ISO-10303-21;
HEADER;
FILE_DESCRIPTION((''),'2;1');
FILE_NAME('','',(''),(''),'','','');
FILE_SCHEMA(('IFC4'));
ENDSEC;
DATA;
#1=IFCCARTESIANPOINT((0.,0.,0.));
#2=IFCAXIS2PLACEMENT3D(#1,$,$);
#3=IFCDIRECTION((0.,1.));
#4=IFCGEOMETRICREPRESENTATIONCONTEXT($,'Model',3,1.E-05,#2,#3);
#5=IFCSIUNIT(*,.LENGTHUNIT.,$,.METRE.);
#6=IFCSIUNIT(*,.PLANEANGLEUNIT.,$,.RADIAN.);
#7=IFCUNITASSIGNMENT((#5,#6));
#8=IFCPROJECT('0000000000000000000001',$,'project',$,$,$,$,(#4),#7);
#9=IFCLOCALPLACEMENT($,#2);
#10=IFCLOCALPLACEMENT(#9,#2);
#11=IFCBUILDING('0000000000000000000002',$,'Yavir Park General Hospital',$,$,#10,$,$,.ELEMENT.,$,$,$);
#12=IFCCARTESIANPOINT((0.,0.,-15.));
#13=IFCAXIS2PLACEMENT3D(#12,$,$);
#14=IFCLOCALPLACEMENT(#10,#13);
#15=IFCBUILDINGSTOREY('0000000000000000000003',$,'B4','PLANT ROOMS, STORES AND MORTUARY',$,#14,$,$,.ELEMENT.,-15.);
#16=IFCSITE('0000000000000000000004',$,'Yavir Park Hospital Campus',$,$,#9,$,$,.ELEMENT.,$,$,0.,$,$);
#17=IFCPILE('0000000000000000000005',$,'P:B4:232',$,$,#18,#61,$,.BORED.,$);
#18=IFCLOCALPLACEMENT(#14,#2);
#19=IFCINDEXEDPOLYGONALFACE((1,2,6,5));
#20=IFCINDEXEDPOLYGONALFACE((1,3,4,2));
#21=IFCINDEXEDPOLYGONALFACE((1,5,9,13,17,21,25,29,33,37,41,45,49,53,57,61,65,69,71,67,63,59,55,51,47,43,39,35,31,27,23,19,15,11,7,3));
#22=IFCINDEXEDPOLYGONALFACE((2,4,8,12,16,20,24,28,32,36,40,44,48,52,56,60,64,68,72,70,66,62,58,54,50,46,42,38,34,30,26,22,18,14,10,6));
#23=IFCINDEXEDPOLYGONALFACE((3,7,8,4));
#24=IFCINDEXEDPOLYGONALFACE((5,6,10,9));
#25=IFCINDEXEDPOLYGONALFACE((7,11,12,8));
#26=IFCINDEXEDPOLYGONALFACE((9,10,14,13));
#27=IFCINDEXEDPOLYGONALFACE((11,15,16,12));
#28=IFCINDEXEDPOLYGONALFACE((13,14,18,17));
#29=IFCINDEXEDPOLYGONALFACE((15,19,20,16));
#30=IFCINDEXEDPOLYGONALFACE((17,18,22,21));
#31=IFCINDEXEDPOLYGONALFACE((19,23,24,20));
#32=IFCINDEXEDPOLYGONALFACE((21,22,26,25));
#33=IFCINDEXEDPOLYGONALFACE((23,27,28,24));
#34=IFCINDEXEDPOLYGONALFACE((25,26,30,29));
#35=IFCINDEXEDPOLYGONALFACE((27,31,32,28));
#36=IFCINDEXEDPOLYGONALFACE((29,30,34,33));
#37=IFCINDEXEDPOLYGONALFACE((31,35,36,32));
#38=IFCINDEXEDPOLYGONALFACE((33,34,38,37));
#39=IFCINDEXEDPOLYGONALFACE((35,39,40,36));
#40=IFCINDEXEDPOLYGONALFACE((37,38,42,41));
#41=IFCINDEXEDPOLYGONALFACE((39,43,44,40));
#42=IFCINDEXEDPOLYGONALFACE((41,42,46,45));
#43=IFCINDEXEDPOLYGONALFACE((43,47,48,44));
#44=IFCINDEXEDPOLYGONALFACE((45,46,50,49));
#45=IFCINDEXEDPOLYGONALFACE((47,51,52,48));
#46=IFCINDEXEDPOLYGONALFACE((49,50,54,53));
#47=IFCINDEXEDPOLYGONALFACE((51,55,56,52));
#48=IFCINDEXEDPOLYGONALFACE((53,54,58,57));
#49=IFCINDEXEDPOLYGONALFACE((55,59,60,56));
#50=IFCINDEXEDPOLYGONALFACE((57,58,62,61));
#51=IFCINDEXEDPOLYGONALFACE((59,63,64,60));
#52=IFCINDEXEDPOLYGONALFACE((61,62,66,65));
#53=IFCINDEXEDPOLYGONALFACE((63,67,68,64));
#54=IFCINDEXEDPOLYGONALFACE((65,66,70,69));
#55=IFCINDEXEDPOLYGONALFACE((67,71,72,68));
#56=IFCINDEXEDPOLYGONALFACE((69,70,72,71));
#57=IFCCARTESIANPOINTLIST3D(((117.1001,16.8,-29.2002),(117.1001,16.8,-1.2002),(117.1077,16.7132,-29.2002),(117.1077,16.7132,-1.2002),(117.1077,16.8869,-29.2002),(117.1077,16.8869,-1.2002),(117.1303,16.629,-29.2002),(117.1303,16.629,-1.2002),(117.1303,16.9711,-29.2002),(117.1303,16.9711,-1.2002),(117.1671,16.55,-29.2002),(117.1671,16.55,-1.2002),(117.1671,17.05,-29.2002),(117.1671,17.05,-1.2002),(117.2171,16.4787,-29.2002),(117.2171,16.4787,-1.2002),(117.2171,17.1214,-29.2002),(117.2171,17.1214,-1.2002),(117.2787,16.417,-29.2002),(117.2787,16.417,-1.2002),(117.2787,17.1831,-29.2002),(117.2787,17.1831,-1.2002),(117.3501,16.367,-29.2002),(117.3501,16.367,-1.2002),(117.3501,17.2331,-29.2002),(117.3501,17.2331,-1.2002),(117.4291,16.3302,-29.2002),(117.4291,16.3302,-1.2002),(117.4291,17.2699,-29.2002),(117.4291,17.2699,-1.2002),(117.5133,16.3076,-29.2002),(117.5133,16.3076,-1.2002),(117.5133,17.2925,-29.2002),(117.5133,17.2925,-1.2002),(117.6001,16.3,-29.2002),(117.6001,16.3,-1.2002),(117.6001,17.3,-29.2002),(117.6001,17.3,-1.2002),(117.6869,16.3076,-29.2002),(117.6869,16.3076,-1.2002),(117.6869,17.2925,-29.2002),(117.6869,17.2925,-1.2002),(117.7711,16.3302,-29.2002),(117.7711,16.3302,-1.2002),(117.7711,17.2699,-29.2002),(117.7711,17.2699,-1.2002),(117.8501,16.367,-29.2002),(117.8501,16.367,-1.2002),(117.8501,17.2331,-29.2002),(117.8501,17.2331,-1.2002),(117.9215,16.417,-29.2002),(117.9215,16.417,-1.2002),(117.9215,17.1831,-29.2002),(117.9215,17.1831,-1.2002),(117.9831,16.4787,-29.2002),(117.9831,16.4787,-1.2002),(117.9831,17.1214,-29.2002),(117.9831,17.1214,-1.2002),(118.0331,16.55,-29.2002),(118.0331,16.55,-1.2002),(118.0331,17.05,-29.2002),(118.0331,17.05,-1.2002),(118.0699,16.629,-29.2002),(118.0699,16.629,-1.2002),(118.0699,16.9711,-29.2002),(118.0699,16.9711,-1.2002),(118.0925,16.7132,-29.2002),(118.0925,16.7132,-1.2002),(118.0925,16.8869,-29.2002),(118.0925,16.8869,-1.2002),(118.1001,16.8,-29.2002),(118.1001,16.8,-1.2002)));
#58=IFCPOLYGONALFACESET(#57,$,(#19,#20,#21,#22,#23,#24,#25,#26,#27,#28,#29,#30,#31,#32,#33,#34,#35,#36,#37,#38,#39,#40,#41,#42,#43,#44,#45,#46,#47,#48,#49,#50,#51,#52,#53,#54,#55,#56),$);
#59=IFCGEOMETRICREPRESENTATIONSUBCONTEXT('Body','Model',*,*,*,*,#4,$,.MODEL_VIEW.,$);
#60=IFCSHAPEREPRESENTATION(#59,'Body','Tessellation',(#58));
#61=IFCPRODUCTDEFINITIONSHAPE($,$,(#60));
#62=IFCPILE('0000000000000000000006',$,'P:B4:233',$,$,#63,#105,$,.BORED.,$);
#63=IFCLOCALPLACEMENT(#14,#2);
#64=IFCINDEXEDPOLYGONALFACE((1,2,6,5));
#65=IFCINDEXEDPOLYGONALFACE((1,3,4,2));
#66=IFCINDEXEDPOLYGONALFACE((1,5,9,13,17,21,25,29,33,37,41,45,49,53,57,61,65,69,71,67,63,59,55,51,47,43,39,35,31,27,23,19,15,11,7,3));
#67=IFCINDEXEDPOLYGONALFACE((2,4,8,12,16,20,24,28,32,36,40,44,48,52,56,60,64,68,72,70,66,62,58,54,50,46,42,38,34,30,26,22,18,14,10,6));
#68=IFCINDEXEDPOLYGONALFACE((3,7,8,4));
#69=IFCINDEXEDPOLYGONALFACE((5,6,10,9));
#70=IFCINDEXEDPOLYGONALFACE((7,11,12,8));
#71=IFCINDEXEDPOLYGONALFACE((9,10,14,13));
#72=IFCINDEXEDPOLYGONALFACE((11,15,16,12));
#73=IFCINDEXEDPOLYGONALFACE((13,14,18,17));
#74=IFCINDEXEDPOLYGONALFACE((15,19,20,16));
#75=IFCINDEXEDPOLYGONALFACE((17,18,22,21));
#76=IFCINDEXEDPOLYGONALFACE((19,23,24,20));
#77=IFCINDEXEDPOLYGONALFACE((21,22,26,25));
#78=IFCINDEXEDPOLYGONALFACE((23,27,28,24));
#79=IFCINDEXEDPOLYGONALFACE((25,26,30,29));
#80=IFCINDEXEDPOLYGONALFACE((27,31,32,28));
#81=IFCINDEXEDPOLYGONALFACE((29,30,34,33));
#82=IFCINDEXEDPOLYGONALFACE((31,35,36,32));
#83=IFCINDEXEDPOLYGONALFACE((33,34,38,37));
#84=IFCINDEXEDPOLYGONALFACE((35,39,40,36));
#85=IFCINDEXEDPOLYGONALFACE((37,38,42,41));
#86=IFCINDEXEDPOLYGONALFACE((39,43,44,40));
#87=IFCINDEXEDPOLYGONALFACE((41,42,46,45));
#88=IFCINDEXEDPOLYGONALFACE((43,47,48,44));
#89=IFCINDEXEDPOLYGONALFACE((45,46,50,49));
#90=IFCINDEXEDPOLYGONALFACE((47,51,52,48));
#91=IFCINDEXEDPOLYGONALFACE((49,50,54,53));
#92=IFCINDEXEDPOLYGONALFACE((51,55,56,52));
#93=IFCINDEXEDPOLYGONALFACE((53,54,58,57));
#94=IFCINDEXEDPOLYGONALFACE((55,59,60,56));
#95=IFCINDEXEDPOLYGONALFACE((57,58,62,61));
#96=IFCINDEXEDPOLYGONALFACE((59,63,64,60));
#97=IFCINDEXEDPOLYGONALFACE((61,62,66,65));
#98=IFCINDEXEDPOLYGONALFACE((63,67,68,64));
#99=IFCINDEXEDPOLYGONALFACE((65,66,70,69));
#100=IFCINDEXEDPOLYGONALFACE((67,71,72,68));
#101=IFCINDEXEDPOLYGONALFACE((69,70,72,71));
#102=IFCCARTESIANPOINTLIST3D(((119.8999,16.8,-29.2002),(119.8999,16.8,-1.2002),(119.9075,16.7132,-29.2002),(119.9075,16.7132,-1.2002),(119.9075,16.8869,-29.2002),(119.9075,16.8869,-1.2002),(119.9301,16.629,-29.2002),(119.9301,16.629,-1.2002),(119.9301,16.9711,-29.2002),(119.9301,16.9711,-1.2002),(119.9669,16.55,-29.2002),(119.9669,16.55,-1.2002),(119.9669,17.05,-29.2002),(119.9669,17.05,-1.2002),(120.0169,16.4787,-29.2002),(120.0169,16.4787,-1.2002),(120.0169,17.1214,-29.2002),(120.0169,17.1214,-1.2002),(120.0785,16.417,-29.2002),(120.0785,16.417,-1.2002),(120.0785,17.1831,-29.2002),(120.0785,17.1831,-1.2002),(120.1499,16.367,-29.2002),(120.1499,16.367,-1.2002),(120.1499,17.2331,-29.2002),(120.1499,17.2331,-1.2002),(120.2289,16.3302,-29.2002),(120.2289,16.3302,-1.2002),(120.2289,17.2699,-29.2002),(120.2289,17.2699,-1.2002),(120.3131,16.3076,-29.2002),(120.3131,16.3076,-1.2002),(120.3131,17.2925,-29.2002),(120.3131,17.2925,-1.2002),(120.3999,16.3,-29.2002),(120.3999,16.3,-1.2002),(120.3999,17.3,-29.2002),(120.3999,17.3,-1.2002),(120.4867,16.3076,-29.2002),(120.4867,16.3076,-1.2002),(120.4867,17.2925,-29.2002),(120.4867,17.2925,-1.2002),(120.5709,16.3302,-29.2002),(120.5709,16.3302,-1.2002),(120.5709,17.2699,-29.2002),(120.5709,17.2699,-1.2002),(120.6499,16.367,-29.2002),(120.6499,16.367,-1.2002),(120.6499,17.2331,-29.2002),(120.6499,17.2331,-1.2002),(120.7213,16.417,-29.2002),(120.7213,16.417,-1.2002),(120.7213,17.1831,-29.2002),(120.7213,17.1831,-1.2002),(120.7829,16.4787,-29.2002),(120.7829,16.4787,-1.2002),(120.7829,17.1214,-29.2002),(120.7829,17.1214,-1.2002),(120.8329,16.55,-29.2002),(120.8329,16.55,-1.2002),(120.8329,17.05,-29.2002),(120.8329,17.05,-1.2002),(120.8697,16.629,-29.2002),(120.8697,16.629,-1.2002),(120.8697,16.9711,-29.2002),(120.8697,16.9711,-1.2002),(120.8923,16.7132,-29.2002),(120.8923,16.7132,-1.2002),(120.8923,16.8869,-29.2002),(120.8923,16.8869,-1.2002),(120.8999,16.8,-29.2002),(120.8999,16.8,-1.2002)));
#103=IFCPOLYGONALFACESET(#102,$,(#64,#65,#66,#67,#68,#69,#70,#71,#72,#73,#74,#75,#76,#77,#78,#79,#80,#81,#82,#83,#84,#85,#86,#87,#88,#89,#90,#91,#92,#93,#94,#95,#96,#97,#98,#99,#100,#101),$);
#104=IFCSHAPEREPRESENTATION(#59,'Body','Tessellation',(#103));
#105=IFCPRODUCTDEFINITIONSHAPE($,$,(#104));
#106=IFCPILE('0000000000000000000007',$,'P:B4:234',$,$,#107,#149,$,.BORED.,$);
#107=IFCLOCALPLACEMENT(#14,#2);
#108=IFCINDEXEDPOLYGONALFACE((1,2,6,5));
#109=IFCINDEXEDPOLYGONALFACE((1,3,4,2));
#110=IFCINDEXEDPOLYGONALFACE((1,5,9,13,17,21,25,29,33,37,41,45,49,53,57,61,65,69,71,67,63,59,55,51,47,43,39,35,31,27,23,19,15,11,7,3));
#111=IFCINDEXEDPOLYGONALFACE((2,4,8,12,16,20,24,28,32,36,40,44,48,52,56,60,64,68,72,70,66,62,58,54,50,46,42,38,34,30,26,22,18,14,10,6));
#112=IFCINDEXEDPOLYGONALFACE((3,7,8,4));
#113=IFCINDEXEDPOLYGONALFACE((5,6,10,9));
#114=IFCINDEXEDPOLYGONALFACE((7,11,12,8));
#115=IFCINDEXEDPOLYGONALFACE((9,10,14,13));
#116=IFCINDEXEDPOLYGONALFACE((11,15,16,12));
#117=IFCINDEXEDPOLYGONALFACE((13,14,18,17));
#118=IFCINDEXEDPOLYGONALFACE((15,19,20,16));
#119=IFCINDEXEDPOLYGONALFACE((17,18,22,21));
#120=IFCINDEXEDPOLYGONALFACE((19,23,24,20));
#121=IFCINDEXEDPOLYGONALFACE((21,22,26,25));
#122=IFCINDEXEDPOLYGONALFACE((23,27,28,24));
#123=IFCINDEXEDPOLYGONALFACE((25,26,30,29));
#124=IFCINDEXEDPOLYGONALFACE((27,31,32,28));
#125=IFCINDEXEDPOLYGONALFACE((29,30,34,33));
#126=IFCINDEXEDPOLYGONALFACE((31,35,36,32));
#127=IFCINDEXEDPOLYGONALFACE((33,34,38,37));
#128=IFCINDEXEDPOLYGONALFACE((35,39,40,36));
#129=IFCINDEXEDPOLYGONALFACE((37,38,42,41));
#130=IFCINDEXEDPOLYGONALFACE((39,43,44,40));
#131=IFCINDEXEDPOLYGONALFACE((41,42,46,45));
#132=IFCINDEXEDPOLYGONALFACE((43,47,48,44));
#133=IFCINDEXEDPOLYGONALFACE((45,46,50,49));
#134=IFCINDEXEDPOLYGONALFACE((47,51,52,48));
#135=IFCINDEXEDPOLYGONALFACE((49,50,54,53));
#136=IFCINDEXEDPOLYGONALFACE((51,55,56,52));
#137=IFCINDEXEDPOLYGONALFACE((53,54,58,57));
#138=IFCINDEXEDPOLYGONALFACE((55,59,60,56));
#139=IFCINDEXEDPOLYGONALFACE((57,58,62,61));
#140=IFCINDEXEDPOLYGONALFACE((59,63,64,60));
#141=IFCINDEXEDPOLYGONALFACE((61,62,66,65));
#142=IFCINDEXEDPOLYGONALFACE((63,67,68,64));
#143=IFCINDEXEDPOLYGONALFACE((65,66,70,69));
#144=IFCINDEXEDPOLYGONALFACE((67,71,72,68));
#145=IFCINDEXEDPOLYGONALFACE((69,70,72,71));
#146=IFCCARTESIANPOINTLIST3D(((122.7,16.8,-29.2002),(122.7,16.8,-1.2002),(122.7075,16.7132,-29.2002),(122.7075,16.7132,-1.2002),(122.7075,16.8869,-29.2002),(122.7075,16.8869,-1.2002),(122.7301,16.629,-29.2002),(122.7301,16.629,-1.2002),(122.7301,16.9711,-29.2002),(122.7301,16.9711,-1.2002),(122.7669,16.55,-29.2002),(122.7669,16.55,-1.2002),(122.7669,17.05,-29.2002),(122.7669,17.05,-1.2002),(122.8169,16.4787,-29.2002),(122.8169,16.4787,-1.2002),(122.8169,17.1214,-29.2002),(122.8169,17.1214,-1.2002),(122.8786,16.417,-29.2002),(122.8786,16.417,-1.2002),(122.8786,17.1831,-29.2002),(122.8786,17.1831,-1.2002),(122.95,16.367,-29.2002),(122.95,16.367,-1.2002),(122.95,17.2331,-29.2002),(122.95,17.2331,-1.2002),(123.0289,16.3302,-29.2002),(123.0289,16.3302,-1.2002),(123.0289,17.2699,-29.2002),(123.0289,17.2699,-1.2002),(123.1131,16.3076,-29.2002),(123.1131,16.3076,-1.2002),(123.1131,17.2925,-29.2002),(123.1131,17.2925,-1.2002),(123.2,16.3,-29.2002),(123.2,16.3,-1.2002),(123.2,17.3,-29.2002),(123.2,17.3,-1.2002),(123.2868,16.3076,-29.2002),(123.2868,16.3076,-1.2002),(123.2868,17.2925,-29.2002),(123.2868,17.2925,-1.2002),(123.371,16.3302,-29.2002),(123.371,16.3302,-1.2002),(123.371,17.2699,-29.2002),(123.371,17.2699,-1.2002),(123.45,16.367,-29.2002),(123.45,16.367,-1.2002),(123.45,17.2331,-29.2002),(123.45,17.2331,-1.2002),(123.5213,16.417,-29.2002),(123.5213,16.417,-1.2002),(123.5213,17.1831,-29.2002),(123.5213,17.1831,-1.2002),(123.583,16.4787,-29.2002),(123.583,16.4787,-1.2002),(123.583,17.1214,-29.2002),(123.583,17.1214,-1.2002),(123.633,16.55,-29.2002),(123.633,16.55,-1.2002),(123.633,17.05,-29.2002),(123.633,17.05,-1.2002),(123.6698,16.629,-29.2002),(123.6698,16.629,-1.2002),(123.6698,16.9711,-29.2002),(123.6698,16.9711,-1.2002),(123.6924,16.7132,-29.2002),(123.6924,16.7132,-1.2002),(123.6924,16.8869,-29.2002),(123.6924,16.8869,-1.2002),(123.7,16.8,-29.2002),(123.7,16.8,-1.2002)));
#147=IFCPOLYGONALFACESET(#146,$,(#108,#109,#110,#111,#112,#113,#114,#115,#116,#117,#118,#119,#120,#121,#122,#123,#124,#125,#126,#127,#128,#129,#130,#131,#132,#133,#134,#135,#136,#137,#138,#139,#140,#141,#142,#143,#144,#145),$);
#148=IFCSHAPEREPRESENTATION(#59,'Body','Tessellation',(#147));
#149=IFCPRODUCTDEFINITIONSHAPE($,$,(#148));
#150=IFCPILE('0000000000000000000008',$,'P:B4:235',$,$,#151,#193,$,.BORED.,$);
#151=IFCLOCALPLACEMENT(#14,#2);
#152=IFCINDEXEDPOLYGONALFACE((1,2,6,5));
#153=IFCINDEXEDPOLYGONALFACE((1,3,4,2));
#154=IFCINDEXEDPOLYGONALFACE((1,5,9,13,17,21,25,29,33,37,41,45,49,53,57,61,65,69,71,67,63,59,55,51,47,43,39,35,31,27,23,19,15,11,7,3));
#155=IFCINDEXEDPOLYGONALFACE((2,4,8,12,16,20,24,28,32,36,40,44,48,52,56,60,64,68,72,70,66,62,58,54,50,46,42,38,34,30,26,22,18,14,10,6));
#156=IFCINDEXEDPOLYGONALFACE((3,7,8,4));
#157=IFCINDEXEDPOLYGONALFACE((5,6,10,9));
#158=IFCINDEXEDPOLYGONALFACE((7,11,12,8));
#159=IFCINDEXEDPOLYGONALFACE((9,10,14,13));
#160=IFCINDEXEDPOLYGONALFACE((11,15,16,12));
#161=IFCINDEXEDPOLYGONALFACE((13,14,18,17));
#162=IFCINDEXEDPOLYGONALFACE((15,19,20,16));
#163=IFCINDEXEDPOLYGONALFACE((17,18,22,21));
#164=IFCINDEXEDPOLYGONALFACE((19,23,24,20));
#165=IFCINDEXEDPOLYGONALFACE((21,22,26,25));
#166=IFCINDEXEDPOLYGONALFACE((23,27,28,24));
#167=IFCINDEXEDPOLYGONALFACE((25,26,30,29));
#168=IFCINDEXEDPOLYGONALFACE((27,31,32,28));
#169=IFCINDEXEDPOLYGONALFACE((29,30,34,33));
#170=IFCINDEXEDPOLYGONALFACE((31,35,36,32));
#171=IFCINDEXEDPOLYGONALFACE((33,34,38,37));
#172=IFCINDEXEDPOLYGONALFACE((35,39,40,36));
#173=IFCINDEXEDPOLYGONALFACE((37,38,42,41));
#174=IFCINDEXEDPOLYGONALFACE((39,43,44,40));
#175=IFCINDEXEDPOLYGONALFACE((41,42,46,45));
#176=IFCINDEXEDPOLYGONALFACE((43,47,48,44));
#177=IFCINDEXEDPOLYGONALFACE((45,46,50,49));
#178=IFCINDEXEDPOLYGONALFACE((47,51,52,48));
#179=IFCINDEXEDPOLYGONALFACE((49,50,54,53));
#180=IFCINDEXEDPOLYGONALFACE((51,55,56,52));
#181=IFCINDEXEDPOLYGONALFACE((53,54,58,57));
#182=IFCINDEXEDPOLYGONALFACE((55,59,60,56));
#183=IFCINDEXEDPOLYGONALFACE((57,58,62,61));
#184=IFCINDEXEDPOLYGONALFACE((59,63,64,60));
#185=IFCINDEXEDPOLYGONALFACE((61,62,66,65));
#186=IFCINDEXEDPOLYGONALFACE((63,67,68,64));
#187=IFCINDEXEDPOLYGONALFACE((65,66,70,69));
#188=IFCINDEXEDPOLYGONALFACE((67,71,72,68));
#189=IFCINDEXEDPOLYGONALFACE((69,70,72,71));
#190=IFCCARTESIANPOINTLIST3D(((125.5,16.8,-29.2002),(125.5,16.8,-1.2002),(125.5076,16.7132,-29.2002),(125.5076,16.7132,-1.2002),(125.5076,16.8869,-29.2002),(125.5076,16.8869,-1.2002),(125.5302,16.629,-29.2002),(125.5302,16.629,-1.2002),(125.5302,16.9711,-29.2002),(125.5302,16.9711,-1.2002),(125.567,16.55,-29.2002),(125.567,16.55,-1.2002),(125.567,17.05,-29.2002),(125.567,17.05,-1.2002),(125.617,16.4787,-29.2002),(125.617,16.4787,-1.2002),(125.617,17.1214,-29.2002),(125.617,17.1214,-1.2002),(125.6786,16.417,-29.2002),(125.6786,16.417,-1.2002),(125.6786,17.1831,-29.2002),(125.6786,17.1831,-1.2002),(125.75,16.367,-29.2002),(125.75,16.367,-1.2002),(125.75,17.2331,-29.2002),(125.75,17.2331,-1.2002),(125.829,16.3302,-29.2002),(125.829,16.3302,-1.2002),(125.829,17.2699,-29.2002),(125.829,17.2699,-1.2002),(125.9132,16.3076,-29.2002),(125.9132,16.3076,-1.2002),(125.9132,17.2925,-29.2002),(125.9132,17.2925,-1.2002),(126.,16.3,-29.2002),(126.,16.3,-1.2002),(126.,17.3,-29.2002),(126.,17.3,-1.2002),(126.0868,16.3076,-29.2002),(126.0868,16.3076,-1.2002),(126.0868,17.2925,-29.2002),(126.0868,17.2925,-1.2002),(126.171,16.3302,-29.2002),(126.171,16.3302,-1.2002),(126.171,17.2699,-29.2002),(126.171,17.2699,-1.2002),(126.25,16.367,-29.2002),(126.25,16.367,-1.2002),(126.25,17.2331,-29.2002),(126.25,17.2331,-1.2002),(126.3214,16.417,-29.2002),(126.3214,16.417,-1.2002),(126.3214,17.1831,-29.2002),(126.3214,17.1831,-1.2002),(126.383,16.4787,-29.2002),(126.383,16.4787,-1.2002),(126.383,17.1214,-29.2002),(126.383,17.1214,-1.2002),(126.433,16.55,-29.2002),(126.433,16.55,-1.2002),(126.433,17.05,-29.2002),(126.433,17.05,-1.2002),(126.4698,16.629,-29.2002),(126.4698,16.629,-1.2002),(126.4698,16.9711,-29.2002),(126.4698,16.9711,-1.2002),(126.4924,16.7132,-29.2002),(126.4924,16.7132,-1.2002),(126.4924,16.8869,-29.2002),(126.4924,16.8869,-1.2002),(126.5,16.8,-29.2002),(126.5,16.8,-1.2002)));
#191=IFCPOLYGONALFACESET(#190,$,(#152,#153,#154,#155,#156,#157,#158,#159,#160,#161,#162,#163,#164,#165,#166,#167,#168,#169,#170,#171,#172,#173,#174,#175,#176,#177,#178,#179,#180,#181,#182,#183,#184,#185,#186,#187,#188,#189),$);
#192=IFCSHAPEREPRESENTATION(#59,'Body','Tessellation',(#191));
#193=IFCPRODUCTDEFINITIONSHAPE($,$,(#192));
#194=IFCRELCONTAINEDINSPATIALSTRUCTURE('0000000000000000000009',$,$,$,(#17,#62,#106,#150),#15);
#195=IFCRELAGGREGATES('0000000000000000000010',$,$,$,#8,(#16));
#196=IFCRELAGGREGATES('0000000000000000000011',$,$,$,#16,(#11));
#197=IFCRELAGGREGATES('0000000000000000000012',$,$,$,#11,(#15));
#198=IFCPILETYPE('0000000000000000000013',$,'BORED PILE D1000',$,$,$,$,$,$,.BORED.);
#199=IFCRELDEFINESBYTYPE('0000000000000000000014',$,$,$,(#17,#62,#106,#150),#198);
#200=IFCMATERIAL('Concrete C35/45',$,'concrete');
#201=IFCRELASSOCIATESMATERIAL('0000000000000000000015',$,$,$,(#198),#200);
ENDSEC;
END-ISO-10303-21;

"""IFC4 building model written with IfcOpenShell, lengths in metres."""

from ifc_helpers import new_model, si_unit, direction, frame, origin, origin_2d, place, context, subcontext, project, spatial, circle, extrude, material, material_profile, profile_set, type_object, element, save


model = new_model("IFC4")

# Units and contexts
model_context = context("Model", 3, precision=1e-05, world=origin(), true_north=direction((0.0, 1.0)))
body_context = subcontext(model_context, "Body", "Model", "MODEL_VIEW")
ifc_project = project(units=[si_unit("LENGTHUNIT", "METRE"), si_unit("PLANEANGLEUNIT", "RADIAN")], contexts=[model_context])

# Site, building, storey
site_placement = place(None, origin())
site = spatial("IfcSite", under=ifc_project, at=site_placement, Name="Yavir Park Hospital Campus", CompositionType="ELEMENT", RefElevation=0.0)
building_placement = place(site_placement, origin())
building = spatial("IfcBuilding", under=site, at=building_placement, Name="Yavir Park General Hospital", CompositionType="ELEMENT")
storey_placement = place(building_placement, frame((0.0, 0.0, -15.0)))
storey = spatial("IfcBuildingStorey", under=building, at=storey_placement, Name="B4", Description="PLANT ROOMS, STORES AND MORTUARY", CompositionType="ELEMENT", Elevation=-15.0)

# Piles
ifc_material_1 = material(Name="Concrete C35/45", Category="concrete")
ifc_material_profile_1 = material_profile(ifc_material_1, circle(Radius=0.5, at=origin_2d()), Name="D1000")
ifc_profile_set_1 = profile_set([ifc_material_profile_1], Name="Concrete C35/45")
pile_type = type_object("IfcPileType", Name="BORED PILE D1000", PredefinedType="BORED", material=ifc_profile_set_1)
for number, where, z_axis, x_axis, name in (
    (1, (117.6001, 16.8, -1.2002), (0.0, 0.0, -1.0), (1.0, 0.0, 0.0), "P:B4:232"),
    (2, (120.3999, 16.8, -1.2002), (0.0, 0.0, -1.0), (1.0, 0.0, 0.0), "P:B4:233"),
    (3, (123.2, 16.8, -1.2002), (0.0, 0.0, -1.0), (1.0, 0.0, 0.0), "P:B4:234"),
    (4, (126.0, 16.8, -1.2002), (0.0, 0.0, -1.0), (1.0, 0.0, 0.0), "P:B4:235"),
):
    element("IfcPile", number, at=place(storey_placement, frame(where, z_axis=z_axis, x_axis=x_axis)), inside=storey, type_object=pile_type, Name=name, PredefinedType="BORED", context=body_context, shape_type="SweptSolid", body=[
        extrude(circle(Radius=0.5, at=origin_2d()), origin(), (0.0, 0.0, 1.0), 28.0),
    ])

save(model, "model.ifc")
